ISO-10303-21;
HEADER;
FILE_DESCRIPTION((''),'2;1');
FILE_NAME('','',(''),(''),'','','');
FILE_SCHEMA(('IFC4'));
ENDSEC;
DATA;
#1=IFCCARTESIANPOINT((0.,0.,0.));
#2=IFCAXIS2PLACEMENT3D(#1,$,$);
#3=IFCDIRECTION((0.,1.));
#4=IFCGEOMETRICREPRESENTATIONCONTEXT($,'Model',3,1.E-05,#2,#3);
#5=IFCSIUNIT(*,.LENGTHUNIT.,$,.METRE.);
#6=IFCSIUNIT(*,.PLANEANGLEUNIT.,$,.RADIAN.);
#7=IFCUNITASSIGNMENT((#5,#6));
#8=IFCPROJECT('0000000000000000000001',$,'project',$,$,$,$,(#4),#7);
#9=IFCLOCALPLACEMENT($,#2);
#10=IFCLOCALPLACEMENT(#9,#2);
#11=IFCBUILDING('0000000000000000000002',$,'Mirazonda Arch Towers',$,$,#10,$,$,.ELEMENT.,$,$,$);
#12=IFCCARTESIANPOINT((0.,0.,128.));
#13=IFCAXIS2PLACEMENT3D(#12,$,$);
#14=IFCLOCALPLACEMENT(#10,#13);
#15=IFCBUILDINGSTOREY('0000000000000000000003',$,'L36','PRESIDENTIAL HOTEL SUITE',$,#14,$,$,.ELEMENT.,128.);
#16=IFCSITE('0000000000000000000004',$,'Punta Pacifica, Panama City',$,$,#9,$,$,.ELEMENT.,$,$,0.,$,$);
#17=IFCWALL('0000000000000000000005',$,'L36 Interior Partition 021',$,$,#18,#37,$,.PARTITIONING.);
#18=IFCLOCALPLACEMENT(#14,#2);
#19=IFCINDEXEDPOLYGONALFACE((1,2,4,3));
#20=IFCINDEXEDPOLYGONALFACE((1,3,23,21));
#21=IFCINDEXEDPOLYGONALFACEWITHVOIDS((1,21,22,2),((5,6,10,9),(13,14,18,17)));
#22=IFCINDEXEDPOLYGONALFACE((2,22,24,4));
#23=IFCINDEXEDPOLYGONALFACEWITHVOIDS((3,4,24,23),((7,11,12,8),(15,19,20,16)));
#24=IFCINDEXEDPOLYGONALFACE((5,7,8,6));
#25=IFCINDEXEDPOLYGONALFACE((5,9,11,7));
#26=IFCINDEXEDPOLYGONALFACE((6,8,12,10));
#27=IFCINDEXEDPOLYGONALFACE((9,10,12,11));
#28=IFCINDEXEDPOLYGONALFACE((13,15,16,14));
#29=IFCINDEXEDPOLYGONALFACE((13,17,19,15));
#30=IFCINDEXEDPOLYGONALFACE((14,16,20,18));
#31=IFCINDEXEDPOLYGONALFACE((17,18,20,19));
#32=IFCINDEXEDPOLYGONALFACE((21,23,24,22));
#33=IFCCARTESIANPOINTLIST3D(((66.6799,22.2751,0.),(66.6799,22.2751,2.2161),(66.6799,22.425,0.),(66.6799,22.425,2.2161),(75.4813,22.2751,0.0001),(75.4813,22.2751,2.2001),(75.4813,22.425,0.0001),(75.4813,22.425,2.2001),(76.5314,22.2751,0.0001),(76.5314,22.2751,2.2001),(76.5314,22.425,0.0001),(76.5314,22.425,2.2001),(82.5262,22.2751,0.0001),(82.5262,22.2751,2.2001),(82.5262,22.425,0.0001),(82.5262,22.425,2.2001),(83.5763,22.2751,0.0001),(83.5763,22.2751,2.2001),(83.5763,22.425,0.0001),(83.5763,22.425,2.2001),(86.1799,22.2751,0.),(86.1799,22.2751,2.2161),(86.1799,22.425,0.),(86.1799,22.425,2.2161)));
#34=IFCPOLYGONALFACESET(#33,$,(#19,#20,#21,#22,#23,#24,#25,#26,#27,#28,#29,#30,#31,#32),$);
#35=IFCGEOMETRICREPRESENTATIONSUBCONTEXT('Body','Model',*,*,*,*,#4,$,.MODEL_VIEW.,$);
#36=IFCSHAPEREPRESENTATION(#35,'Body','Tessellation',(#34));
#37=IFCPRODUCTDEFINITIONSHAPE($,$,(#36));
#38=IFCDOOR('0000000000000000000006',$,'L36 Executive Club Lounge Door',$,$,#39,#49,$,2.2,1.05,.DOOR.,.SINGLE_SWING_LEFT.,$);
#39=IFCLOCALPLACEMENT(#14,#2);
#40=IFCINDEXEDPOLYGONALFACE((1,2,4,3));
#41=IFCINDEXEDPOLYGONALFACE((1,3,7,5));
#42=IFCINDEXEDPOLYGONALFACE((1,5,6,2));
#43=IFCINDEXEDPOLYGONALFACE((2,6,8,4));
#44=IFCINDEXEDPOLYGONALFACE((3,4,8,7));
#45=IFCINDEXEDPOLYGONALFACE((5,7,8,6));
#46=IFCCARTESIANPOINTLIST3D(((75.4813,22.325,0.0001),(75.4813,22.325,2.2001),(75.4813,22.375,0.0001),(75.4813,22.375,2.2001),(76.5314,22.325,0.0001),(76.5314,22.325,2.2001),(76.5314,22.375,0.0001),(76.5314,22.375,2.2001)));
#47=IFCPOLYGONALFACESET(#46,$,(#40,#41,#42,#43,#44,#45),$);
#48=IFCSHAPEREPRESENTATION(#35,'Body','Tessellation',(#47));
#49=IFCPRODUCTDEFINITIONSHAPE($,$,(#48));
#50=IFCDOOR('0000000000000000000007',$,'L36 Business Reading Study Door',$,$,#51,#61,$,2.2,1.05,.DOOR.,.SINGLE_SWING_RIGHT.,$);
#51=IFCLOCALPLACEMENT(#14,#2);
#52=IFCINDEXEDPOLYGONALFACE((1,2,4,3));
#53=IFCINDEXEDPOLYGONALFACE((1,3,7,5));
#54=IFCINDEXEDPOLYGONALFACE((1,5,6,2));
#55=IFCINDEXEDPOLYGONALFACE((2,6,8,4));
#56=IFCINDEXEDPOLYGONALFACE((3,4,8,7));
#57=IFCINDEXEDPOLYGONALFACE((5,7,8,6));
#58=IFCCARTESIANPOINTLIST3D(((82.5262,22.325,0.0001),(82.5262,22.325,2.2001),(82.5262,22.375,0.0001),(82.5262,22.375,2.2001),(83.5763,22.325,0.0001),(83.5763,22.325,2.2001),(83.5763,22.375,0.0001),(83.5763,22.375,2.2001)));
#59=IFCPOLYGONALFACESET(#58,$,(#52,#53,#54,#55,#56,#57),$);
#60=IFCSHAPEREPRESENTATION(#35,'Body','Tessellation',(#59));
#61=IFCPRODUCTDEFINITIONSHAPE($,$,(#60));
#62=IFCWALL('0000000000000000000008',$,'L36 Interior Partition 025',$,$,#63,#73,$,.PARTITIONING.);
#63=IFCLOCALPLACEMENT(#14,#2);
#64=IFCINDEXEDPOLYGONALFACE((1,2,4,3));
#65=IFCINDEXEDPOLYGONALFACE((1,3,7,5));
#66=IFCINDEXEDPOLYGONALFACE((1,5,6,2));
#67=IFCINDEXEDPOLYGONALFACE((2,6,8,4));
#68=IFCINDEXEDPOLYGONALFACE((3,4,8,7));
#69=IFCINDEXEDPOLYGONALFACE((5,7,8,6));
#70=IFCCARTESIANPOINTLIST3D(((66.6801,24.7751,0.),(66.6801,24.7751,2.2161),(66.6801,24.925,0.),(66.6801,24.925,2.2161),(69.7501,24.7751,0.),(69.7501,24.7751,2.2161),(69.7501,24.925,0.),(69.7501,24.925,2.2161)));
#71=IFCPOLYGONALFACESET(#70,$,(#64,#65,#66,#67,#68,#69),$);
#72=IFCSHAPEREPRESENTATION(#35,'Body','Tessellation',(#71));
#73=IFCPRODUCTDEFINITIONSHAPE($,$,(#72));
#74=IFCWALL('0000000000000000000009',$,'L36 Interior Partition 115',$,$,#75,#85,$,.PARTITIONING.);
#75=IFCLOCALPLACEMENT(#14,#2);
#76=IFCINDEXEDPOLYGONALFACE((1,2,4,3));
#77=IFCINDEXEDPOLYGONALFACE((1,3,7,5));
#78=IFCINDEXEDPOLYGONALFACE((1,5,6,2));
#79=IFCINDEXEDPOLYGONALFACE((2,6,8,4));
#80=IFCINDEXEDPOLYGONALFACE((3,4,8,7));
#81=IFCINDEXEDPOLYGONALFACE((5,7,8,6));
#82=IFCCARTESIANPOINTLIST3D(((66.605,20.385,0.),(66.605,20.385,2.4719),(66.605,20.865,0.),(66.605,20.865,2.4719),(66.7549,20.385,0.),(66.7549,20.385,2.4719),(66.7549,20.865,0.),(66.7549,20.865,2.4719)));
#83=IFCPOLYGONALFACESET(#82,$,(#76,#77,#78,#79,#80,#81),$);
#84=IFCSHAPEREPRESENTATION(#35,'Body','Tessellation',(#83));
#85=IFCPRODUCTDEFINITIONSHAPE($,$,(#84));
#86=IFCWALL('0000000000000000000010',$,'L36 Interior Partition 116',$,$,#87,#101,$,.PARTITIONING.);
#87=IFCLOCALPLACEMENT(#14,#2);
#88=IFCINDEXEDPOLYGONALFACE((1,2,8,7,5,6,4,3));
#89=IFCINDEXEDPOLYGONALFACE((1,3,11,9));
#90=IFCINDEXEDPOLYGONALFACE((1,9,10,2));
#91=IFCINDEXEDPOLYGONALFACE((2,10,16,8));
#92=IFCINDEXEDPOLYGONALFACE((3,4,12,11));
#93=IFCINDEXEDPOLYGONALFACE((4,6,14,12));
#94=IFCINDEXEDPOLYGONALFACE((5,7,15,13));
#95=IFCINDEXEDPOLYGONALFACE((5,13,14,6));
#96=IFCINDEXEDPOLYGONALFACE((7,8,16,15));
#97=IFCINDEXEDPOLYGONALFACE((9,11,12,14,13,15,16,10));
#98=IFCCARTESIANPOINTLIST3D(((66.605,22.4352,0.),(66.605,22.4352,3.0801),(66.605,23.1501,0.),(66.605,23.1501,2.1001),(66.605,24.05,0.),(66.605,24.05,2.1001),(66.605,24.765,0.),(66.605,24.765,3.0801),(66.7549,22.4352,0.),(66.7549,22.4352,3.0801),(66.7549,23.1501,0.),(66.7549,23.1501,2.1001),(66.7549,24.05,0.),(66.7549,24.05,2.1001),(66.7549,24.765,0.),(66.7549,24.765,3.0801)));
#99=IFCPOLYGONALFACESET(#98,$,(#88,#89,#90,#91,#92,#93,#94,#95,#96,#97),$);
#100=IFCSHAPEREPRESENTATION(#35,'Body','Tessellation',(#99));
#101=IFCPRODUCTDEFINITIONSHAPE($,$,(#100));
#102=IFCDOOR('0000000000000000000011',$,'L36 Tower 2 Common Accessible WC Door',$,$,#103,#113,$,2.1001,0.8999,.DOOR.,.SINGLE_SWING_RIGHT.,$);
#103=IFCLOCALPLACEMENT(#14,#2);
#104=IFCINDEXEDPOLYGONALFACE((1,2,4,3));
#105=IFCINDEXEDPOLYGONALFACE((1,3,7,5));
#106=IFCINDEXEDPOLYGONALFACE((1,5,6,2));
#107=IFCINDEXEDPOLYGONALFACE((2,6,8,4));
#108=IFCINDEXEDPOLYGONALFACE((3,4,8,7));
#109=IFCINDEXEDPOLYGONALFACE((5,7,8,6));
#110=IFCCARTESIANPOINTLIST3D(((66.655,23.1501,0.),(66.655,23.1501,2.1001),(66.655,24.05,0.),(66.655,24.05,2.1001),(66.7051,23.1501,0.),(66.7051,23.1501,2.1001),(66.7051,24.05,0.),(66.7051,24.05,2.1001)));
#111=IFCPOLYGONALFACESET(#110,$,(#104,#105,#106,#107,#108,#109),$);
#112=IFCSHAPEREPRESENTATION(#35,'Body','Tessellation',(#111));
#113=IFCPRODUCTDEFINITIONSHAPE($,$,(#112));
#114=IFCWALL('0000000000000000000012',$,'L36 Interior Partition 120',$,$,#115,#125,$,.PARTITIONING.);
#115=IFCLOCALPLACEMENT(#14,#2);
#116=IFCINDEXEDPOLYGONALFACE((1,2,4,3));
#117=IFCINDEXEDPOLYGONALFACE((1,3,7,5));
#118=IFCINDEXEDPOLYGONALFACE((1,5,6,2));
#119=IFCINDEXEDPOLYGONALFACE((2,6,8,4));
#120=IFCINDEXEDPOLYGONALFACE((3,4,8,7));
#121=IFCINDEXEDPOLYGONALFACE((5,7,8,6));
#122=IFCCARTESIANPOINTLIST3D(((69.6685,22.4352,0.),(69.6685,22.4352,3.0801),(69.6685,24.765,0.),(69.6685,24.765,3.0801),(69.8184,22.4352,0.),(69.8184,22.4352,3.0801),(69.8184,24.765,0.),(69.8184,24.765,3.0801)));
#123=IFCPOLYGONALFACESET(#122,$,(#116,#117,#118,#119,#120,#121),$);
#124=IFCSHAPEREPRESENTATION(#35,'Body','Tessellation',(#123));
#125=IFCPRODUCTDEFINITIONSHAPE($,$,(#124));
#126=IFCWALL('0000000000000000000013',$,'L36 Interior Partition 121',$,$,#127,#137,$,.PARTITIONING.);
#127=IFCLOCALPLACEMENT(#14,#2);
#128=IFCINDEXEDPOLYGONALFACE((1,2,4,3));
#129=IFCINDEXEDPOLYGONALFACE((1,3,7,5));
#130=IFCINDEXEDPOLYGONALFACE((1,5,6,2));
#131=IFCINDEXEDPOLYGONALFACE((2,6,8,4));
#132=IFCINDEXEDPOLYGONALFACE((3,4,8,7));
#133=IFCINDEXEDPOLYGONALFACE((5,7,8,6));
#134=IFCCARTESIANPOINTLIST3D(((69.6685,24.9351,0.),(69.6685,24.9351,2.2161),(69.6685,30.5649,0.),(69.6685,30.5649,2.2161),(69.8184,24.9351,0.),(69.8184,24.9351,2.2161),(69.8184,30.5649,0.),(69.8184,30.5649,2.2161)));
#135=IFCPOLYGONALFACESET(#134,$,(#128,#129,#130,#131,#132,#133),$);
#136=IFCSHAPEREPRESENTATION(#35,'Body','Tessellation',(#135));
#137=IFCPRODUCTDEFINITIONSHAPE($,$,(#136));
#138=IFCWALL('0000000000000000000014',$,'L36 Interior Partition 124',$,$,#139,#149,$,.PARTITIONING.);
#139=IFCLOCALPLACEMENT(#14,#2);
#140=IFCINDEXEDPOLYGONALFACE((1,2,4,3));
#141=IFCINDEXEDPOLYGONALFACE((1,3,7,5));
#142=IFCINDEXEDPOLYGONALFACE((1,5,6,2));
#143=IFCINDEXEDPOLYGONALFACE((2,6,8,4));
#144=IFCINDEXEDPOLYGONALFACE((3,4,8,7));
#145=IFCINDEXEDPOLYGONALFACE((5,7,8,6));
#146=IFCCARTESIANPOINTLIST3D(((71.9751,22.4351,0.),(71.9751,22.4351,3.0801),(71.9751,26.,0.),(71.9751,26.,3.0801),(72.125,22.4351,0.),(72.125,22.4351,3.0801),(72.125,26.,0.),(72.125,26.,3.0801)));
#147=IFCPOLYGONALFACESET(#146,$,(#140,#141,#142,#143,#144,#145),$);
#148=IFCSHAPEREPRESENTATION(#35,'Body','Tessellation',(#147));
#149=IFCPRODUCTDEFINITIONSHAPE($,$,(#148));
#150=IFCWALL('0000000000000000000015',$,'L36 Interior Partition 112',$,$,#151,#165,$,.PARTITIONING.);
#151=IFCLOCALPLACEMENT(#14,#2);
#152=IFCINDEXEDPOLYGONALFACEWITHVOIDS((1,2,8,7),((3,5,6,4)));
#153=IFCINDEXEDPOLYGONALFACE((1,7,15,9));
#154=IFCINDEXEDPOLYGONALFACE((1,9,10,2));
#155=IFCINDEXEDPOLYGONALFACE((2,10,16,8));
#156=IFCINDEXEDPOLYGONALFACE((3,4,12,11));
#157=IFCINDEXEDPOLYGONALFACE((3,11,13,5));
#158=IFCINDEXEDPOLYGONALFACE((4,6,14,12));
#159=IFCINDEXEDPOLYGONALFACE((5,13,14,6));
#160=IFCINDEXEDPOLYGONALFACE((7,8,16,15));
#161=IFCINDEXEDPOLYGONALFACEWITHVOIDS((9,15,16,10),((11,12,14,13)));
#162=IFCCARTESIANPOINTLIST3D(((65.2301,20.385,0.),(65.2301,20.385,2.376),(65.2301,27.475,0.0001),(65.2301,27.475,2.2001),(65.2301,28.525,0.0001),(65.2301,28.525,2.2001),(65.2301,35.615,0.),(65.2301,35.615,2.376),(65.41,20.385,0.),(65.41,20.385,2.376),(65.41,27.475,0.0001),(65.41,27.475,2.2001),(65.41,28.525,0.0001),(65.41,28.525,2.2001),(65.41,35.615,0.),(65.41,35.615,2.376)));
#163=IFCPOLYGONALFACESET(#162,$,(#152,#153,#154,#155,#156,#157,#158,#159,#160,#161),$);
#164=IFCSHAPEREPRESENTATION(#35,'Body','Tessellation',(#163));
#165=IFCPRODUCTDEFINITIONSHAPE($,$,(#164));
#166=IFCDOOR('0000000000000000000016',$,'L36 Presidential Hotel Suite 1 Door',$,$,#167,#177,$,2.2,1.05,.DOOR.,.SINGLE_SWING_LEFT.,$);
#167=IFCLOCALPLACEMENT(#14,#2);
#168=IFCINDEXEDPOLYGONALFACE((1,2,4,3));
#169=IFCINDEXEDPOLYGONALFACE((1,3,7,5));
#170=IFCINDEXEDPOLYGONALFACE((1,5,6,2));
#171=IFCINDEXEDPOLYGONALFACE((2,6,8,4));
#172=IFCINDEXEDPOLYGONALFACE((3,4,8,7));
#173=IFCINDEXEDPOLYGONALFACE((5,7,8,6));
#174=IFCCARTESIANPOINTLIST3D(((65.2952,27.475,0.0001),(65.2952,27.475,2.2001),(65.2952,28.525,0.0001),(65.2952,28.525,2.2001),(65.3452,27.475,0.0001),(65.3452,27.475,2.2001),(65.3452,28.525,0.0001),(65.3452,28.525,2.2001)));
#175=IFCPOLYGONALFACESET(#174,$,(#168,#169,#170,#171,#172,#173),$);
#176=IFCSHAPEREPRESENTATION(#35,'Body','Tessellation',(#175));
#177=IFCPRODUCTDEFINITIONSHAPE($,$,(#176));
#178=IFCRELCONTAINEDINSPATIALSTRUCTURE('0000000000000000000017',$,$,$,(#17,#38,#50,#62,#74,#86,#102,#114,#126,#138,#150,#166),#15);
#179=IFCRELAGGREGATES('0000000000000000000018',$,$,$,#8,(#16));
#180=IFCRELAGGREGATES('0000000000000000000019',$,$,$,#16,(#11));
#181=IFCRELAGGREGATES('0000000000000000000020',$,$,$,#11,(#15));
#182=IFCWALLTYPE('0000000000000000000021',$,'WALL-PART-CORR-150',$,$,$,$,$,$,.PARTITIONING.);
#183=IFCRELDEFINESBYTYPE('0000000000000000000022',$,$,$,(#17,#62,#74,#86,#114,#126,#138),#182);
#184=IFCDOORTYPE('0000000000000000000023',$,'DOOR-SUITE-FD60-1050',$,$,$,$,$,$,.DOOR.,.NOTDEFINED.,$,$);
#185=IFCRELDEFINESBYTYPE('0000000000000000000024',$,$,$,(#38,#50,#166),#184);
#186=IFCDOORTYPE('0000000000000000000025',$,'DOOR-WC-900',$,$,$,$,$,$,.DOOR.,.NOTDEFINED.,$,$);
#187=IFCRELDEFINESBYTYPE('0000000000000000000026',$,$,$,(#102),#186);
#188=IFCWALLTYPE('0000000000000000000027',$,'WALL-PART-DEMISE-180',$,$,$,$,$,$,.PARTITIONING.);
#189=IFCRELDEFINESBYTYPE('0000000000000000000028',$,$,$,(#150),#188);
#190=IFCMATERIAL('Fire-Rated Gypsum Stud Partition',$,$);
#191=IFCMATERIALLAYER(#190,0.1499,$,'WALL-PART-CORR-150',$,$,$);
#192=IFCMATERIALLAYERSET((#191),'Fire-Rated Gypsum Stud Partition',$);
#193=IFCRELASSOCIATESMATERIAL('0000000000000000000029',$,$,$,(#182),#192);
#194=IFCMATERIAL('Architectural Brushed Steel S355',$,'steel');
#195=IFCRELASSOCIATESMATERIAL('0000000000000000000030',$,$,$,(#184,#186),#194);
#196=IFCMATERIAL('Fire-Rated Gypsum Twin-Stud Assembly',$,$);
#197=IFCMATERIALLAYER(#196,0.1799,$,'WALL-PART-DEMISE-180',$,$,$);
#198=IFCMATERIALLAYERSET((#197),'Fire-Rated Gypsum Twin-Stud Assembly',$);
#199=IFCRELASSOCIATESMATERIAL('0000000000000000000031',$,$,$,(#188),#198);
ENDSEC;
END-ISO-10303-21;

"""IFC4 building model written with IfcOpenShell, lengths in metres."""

from ifc_helpers import new_model, si_unit, direction, frame, frame_2d, origin, place, context, subcontext, project, spatial, rectangle, extrude, material, layer, layer_set, type_object, element, fill, save


model = new_model("IFC4")

# Units and contexts
model_context = context("Model", 3, precision=1e-05, world=origin(), true_north=direction((0.0, 1.0)))
body_context = subcontext(model_context, "Body", "Model", "MODEL_VIEW")
ifc_project = project(units=[si_unit("LENGTHUNIT", "METRE"), si_unit("PLANEANGLEUNIT", "RADIAN")], contexts=[model_context])

# Site, building, storey
site_placement = place(None, origin())
site = spatial("IfcSite", under=ifc_project, at=site_placement, Name="Punta Pacifica, Panama City", CompositionType="ELEMENT", RefElevation=0.0)
building_placement = place(site_placement, origin())
building = spatial("IfcBuilding", under=site, at=building_placement, Name="Mirazonda Arch Towers", CompositionType="ELEMENT")
storey_placement = place(building_placement, frame((0.0, 0.0, 128.0)))
storey = spatial("IfcBuildingStorey", under=building, at=storey_placement, Name="L36", Description="PRESIDENTIAL HOTEL SUITE", CompositionType="ELEMENT", Elevation=128.0)

# Shared definitions
ifc_material_1 = material(Name="Architectural Brushed Steel S355", Category="steel")

# Shared definitions
ifc_material_2 = material(Name="Fire-Rated Gypsum Stud Partition")
ifc_layer_1 = layer(ifc_material_2, 0.1499, Name="WALL-PART-CORR-150")
ifc_layer_set_1 = layer_set([ifc_layer_1], Name="Fire-Rated Gypsum Stud Partition")
wall_type_1 = type_object("IfcWallType", Name="WALL-PART-CORR-150", PredefinedType="PARTITIONING", material=ifc_layer_set_1)

# Wall, openings, doors
wall_1_placement = place(storey_placement, frame((66.6799, 22.3501, 0.0), z_axis=(0.0, 0.0, 1.0), x_axis=(1.0, 0.0, 0.0)))
wall_1 = element("IfcWall", 1, at=wall_1_placement, inside=storey, type_object=wall_type_1, Name="L36 Interior Partition 021", PredefinedType="PARTITIONING", context=body_context, shape_type="SweptSolid", body=[
    extrude(rectangle(XDim=19.5, YDim=0.1499, at=frame_2d((9.75, 0.0))), origin(), (0.0, 0.0, 1.0), 2.2161),
])
opening_1_placement = place(wall_1_placement, frame((8.8015, 0.0, 0.0)))
opening_1 = element("IfcOpeningElement", 2, at=opening_1_placement, cuts=wall_1, PredefinedType="OPENING", context=body_context, shape_type="SweptSolid", body=[
    extrude(rectangle(XDim=1.05, YDim=2.2, at=frame_2d((0.5249, 1.1001))), frame((0.0, 0.085, 0.0), z_axis=(0.0, -1.0, 0.0), x_axis=(1.0, 0.0, 0.0)), (0.0, 0.0, 1.0), 0.1699),
])
opening_2_placement = place(wall_1_placement, frame((15.8464, 0.0, 0.0)))
opening_2 = element("IfcOpeningElement", 3, at=opening_2_placement, cuts=wall_1, PredefinedType="OPENING", context=body_context, shape_type="SweptSolid", body=[
    extrude(rectangle(XDim=1.05, YDim=2.2, at=frame_2d((0.5249, 1.1001))), frame((0.0, 0.085, 0.0), z_axis=(0.0, -1.0, 0.0), x_axis=(1.0, 0.0, 0.0)), (0.0, 0.0, 1.0), 0.1699),
])
door_type_1 = type_object("IfcDoorType", Name="DOOR-SUITE-FD60-1050", OperationType="NOTDEFINED", PredefinedType="DOOR", material=ifc_material_1)
door_1_placement = place(opening_1_placement, origin())
door_1 = element("IfcDoor", 4, at=door_1_placement, inside=storey, type_object=door_type_1, Name="L36 Executive Club Lounge Door", OperationType="SINGLE_SWING_LEFT", OverallHeight=2.2, OverallWidth=1.05, PredefinedType="DOOR", context=body_context, shape_type="SweptSolid", body=[
    extrude(rectangle(XDim=1.05, YDim=2.2, at=frame_2d((0.5249, 1.1001))), frame((0.0, 0.0249, 0.0), z_axis=(0.0, -1.0, 0.0), x_axis=(1.0, 0.0, 0.0)), (0.0, 0.0, 1.0), 0.05),
])
fill(opening_1, door_1)
door_2_placement = place(opening_2_placement, origin())
door_2 = element("IfcDoor", 5, at=door_2_placement, inside=storey, type_object=door_type_1, Name="L36 Business Reading Study Door", OperationType="SINGLE_SWING_RIGHT", OverallHeight=2.2, OverallWidth=1.05, PredefinedType="DOOR", context=body_context, shape_type="SweptSolid", body=[
    extrude(rectangle(XDim=1.05, YDim=2.2, at=frame_2d((0.5249, 1.1001))), frame((0.0, 0.0249, 0.0), z_axis=(0.0, -1.0, 0.0), x_axis=(1.0, 0.0, 0.0)), (0.0, 0.0, 1.0), 0.05),
])
fill(opening_2, door_2)

# Walls
wall_2_placement = place(storey_placement, frame((66.6799, 24.8501, 0.0), z_axis=(0.0, 0.0, 1.0), x_axis=(1.0, 0.0, 0.0)))
element("IfcWall", 6, at=wall_2_placement, inside=storey, type_object=wall_type_1, Name="L36 Interior Partition 025", PredefinedType="PARTITIONING", context=body_context, shape_type="SweptSolid", body=[
    extrude(rectangle(XDim=3.0701, YDim=0.1499, at=frame_2d((1.5352, 0.0))), origin(), (0.0, 0.0, 1.0), 2.2161),
])
wall_3_placement = place(storey_placement, frame((66.6799, 20.385, 0.0), z_axis=(0.0, 0.0, 1.0), x_axis=(0.0, 1.0, 0.0)))
element("IfcWall", 7, at=wall_3_placement, inside=storey, type_object=wall_type_1, Name="L36 Interior Partition 115", PredefinedType="PARTITIONING", context=body_context, shape_type="SweptSolid", body=[
    extrude(rectangle(XDim=0.48, YDim=0.1499, at=frame_2d((0.24, 0.0))), origin(), (0.0, 0.0, 1.0), 2.4719),
])

# Wall, opening, door
wall_4_placement = place(storey_placement, frame((66.6799, 22.4351, 0.0), z_axis=(0.0, 0.0, 1.0), x_axis=(0.0, 1.0, 0.0)))
wall_4 = element("IfcWall", 8, at=wall_4_placement, inside=storey, type_object=wall_type_1, Name="L36 Interior Partition 116", PredefinedType="PARTITIONING", context=body_context, shape_type="SweptSolid", body=[
    extrude(rectangle(XDim=2.3298, YDim=0.1499, at=frame_2d((1.165, 0.0))), origin(), (0.0, 0.0, 1.0), 3.0801),
])
opening_3_placement = place(wall_4_placement, frame((0.7151, 0.0, 0.0)))
opening_3 = element("IfcOpeningElement", 9, at=opening_3_placement, cuts=wall_4, PredefinedType="OPENING", context=body_context, shape_type="SweptSolid", body=[
    extrude(rectangle(XDim=0.8999, YDim=2.1001, at=frame_2d((0.45, 1.05))), frame((0.0, 0.085, 0.0), z_axis=(0.0, -1.0, 0.0), x_axis=(1.0, 0.0, 0.0)), (0.0, 0.0, 1.0), 0.1699),
])
door_type_2 = type_object("IfcDoorType", Name="DOOR-WC-900", OperationType="NOTDEFINED", PredefinedType="DOOR", material=ifc_material_1)
door_3_placement = place(opening_3_placement, origin())
door_3 = element("IfcDoor", 10, at=door_3_placement, inside=storey, type_object=door_type_2, Name="L36 Tower 2 Common Accessible WC Door", OperationType="SINGLE_SWING_RIGHT", OverallHeight=2.1001, OverallWidth=0.8999, PredefinedType="DOOR", context=body_context, shape_type="SweptSolid", body=[
    extrude(rectangle(XDim=0.8999, YDim=2.1001, at=frame_2d((0.45, 1.05))), frame((0.0, 0.0249, 0.0), z_axis=(0.0, -1.0, 0.0), x_axis=(1.0, 0.0, 0.0)), (0.0, 0.0, 1.0), 0.05),
])
fill(opening_3, door_3)

# Walls
wall_5_placement = place(storey_placement, frame((69.7434, 22.4351, 0.0), z_axis=(0.0, 0.0, 1.0), x_axis=(0.0, 1.0, 0.0)))
element("IfcWall", 11, at=wall_5_placement, inside=storey, type_object=wall_type_1, Name="L36 Interior Partition 120", PredefinedType="PARTITIONING", context=body_context, shape_type="SweptSolid", body=[
    extrude(rectangle(XDim=2.3298, YDim=0.1499, at=frame_2d((1.165, 0.0))), origin(), (0.0, 0.0, 1.0), 3.0801),
])
wall_6_placement = place(storey_placement, frame((69.7434, 24.9351, 0.0), z_axis=(0.0, 0.0, 1.0), x_axis=(0.0, 1.0, 0.0)))
element("IfcWall", 12, at=wall_6_placement, inside=storey, type_object=wall_type_1, Name="L36 Interior Partition 121", PredefinedType="PARTITIONING", context=body_context, shape_type="SweptSolid", body=[
    extrude(rectangle(XDim=5.6299, YDim=0.1499, at=frame_2d((2.8149, 0.0))), origin(), (0.0, 0.0, 1.0), 2.2161),
])
wall_7_placement = place(storey_placement, frame((72.05, 22.4351, 0.0), z_axis=(0.0, 0.0, 1.0), x_axis=(0.0, 1.0, 0.0)))
element("IfcWall", 13, at=wall_7_placement, inside=storey, type_object=wall_type_1, Name="L36 Interior Partition 124", PredefinedType="PARTITIONING", context=body_context, shape_type="SweptSolid", body=[
    extrude(rectangle(XDim=3.5649, YDim=0.1499, at=frame_2d((1.7825, 0.0))), origin(), (0.0, 0.0, 1.0), 3.0801),
])

# Wall, opening, door
ifc_material_3 = material(Name="Fire-Rated Gypsum Twin-Stud Assembly")
ifc_layer_2 = layer(ifc_material_3, 0.1799, Name="WALL-PART-DEMISE-180")
ifc_layer_set_2 = layer_set([ifc_layer_2], Name="Fire-Rated Gypsum Twin-Stud Assembly")
wall_type_2 = type_object("IfcWallType", Name="WALL-PART-DEMISE-180", PredefinedType="PARTITIONING", material=ifc_layer_set_2)
wall_8_placement = place(storey_placement, frame((65.3201, 20.385, 0.0), z_axis=(0.0, 0.0, 1.0), x_axis=(0.0, 1.0, 0.0)))
wall_8 = element("IfcWall", 14, at=wall_8_placement, inside=storey, type_object=wall_type_2, Name="L36 Interior Partition 112", PredefinedType="PARTITIONING", context=body_context, shape_type="SweptSolid", body=[
    extrude(rectangle(XDim=15.23, YDim=0.1799, at=frame_2d((7.615, 0.0))), origin(), (0.0, 0.0, 1.0), 2.376),
])
opening_4_placement = place(wall_8_placement, frame((7.0901, 0.0, 0.0)))
opening_4 = element("IfcOpeningElement", 15, at=opening_4_placement, cuts=wall_8, PredefinedType="OPENING", context=body_context, shape_type="SweptSolid", body=[
    extrude(rectangle(XDim=1.05, YDim=2.2, at=frame_2d((0.5249, 1.1001))), frame((0.0, 0.0999, 0.0), z_axis=(0.0, -1.0, 0.0), x_axis=(1.0, 0.0, 0.0)), (0.0, 0.0, 1.0), 0.2),
])
door_4_placement = place(opening_4_placement, origin())
door_4 = element("IfcDoor", 16, at=door_4_placement, inside=storey, type_object=door_type_1, Name="L36 Presidential Hotel Suite 1 Door", OperationType="SINGLE_SWING_LEFT", OverallHeight=2.2, OverallWidth=1.05, PredefinedType="DOOR", context=body_context, shape_type="SweptSolid", body=[
    extrude(rectangle(XDim=1.05, YDim=2.2, at=frame_2d((0.5249, 1.1001))), frame((0.0, 0.0249, 0.0), z_axis=(0.0, -1.0, 0.0), x_axis=(1.0, 0.0, 0.0)), (0.0, 0.0, 1.0), 0.05),
])
fill(opening_4, door_4)

save(model, "model.ifc")
